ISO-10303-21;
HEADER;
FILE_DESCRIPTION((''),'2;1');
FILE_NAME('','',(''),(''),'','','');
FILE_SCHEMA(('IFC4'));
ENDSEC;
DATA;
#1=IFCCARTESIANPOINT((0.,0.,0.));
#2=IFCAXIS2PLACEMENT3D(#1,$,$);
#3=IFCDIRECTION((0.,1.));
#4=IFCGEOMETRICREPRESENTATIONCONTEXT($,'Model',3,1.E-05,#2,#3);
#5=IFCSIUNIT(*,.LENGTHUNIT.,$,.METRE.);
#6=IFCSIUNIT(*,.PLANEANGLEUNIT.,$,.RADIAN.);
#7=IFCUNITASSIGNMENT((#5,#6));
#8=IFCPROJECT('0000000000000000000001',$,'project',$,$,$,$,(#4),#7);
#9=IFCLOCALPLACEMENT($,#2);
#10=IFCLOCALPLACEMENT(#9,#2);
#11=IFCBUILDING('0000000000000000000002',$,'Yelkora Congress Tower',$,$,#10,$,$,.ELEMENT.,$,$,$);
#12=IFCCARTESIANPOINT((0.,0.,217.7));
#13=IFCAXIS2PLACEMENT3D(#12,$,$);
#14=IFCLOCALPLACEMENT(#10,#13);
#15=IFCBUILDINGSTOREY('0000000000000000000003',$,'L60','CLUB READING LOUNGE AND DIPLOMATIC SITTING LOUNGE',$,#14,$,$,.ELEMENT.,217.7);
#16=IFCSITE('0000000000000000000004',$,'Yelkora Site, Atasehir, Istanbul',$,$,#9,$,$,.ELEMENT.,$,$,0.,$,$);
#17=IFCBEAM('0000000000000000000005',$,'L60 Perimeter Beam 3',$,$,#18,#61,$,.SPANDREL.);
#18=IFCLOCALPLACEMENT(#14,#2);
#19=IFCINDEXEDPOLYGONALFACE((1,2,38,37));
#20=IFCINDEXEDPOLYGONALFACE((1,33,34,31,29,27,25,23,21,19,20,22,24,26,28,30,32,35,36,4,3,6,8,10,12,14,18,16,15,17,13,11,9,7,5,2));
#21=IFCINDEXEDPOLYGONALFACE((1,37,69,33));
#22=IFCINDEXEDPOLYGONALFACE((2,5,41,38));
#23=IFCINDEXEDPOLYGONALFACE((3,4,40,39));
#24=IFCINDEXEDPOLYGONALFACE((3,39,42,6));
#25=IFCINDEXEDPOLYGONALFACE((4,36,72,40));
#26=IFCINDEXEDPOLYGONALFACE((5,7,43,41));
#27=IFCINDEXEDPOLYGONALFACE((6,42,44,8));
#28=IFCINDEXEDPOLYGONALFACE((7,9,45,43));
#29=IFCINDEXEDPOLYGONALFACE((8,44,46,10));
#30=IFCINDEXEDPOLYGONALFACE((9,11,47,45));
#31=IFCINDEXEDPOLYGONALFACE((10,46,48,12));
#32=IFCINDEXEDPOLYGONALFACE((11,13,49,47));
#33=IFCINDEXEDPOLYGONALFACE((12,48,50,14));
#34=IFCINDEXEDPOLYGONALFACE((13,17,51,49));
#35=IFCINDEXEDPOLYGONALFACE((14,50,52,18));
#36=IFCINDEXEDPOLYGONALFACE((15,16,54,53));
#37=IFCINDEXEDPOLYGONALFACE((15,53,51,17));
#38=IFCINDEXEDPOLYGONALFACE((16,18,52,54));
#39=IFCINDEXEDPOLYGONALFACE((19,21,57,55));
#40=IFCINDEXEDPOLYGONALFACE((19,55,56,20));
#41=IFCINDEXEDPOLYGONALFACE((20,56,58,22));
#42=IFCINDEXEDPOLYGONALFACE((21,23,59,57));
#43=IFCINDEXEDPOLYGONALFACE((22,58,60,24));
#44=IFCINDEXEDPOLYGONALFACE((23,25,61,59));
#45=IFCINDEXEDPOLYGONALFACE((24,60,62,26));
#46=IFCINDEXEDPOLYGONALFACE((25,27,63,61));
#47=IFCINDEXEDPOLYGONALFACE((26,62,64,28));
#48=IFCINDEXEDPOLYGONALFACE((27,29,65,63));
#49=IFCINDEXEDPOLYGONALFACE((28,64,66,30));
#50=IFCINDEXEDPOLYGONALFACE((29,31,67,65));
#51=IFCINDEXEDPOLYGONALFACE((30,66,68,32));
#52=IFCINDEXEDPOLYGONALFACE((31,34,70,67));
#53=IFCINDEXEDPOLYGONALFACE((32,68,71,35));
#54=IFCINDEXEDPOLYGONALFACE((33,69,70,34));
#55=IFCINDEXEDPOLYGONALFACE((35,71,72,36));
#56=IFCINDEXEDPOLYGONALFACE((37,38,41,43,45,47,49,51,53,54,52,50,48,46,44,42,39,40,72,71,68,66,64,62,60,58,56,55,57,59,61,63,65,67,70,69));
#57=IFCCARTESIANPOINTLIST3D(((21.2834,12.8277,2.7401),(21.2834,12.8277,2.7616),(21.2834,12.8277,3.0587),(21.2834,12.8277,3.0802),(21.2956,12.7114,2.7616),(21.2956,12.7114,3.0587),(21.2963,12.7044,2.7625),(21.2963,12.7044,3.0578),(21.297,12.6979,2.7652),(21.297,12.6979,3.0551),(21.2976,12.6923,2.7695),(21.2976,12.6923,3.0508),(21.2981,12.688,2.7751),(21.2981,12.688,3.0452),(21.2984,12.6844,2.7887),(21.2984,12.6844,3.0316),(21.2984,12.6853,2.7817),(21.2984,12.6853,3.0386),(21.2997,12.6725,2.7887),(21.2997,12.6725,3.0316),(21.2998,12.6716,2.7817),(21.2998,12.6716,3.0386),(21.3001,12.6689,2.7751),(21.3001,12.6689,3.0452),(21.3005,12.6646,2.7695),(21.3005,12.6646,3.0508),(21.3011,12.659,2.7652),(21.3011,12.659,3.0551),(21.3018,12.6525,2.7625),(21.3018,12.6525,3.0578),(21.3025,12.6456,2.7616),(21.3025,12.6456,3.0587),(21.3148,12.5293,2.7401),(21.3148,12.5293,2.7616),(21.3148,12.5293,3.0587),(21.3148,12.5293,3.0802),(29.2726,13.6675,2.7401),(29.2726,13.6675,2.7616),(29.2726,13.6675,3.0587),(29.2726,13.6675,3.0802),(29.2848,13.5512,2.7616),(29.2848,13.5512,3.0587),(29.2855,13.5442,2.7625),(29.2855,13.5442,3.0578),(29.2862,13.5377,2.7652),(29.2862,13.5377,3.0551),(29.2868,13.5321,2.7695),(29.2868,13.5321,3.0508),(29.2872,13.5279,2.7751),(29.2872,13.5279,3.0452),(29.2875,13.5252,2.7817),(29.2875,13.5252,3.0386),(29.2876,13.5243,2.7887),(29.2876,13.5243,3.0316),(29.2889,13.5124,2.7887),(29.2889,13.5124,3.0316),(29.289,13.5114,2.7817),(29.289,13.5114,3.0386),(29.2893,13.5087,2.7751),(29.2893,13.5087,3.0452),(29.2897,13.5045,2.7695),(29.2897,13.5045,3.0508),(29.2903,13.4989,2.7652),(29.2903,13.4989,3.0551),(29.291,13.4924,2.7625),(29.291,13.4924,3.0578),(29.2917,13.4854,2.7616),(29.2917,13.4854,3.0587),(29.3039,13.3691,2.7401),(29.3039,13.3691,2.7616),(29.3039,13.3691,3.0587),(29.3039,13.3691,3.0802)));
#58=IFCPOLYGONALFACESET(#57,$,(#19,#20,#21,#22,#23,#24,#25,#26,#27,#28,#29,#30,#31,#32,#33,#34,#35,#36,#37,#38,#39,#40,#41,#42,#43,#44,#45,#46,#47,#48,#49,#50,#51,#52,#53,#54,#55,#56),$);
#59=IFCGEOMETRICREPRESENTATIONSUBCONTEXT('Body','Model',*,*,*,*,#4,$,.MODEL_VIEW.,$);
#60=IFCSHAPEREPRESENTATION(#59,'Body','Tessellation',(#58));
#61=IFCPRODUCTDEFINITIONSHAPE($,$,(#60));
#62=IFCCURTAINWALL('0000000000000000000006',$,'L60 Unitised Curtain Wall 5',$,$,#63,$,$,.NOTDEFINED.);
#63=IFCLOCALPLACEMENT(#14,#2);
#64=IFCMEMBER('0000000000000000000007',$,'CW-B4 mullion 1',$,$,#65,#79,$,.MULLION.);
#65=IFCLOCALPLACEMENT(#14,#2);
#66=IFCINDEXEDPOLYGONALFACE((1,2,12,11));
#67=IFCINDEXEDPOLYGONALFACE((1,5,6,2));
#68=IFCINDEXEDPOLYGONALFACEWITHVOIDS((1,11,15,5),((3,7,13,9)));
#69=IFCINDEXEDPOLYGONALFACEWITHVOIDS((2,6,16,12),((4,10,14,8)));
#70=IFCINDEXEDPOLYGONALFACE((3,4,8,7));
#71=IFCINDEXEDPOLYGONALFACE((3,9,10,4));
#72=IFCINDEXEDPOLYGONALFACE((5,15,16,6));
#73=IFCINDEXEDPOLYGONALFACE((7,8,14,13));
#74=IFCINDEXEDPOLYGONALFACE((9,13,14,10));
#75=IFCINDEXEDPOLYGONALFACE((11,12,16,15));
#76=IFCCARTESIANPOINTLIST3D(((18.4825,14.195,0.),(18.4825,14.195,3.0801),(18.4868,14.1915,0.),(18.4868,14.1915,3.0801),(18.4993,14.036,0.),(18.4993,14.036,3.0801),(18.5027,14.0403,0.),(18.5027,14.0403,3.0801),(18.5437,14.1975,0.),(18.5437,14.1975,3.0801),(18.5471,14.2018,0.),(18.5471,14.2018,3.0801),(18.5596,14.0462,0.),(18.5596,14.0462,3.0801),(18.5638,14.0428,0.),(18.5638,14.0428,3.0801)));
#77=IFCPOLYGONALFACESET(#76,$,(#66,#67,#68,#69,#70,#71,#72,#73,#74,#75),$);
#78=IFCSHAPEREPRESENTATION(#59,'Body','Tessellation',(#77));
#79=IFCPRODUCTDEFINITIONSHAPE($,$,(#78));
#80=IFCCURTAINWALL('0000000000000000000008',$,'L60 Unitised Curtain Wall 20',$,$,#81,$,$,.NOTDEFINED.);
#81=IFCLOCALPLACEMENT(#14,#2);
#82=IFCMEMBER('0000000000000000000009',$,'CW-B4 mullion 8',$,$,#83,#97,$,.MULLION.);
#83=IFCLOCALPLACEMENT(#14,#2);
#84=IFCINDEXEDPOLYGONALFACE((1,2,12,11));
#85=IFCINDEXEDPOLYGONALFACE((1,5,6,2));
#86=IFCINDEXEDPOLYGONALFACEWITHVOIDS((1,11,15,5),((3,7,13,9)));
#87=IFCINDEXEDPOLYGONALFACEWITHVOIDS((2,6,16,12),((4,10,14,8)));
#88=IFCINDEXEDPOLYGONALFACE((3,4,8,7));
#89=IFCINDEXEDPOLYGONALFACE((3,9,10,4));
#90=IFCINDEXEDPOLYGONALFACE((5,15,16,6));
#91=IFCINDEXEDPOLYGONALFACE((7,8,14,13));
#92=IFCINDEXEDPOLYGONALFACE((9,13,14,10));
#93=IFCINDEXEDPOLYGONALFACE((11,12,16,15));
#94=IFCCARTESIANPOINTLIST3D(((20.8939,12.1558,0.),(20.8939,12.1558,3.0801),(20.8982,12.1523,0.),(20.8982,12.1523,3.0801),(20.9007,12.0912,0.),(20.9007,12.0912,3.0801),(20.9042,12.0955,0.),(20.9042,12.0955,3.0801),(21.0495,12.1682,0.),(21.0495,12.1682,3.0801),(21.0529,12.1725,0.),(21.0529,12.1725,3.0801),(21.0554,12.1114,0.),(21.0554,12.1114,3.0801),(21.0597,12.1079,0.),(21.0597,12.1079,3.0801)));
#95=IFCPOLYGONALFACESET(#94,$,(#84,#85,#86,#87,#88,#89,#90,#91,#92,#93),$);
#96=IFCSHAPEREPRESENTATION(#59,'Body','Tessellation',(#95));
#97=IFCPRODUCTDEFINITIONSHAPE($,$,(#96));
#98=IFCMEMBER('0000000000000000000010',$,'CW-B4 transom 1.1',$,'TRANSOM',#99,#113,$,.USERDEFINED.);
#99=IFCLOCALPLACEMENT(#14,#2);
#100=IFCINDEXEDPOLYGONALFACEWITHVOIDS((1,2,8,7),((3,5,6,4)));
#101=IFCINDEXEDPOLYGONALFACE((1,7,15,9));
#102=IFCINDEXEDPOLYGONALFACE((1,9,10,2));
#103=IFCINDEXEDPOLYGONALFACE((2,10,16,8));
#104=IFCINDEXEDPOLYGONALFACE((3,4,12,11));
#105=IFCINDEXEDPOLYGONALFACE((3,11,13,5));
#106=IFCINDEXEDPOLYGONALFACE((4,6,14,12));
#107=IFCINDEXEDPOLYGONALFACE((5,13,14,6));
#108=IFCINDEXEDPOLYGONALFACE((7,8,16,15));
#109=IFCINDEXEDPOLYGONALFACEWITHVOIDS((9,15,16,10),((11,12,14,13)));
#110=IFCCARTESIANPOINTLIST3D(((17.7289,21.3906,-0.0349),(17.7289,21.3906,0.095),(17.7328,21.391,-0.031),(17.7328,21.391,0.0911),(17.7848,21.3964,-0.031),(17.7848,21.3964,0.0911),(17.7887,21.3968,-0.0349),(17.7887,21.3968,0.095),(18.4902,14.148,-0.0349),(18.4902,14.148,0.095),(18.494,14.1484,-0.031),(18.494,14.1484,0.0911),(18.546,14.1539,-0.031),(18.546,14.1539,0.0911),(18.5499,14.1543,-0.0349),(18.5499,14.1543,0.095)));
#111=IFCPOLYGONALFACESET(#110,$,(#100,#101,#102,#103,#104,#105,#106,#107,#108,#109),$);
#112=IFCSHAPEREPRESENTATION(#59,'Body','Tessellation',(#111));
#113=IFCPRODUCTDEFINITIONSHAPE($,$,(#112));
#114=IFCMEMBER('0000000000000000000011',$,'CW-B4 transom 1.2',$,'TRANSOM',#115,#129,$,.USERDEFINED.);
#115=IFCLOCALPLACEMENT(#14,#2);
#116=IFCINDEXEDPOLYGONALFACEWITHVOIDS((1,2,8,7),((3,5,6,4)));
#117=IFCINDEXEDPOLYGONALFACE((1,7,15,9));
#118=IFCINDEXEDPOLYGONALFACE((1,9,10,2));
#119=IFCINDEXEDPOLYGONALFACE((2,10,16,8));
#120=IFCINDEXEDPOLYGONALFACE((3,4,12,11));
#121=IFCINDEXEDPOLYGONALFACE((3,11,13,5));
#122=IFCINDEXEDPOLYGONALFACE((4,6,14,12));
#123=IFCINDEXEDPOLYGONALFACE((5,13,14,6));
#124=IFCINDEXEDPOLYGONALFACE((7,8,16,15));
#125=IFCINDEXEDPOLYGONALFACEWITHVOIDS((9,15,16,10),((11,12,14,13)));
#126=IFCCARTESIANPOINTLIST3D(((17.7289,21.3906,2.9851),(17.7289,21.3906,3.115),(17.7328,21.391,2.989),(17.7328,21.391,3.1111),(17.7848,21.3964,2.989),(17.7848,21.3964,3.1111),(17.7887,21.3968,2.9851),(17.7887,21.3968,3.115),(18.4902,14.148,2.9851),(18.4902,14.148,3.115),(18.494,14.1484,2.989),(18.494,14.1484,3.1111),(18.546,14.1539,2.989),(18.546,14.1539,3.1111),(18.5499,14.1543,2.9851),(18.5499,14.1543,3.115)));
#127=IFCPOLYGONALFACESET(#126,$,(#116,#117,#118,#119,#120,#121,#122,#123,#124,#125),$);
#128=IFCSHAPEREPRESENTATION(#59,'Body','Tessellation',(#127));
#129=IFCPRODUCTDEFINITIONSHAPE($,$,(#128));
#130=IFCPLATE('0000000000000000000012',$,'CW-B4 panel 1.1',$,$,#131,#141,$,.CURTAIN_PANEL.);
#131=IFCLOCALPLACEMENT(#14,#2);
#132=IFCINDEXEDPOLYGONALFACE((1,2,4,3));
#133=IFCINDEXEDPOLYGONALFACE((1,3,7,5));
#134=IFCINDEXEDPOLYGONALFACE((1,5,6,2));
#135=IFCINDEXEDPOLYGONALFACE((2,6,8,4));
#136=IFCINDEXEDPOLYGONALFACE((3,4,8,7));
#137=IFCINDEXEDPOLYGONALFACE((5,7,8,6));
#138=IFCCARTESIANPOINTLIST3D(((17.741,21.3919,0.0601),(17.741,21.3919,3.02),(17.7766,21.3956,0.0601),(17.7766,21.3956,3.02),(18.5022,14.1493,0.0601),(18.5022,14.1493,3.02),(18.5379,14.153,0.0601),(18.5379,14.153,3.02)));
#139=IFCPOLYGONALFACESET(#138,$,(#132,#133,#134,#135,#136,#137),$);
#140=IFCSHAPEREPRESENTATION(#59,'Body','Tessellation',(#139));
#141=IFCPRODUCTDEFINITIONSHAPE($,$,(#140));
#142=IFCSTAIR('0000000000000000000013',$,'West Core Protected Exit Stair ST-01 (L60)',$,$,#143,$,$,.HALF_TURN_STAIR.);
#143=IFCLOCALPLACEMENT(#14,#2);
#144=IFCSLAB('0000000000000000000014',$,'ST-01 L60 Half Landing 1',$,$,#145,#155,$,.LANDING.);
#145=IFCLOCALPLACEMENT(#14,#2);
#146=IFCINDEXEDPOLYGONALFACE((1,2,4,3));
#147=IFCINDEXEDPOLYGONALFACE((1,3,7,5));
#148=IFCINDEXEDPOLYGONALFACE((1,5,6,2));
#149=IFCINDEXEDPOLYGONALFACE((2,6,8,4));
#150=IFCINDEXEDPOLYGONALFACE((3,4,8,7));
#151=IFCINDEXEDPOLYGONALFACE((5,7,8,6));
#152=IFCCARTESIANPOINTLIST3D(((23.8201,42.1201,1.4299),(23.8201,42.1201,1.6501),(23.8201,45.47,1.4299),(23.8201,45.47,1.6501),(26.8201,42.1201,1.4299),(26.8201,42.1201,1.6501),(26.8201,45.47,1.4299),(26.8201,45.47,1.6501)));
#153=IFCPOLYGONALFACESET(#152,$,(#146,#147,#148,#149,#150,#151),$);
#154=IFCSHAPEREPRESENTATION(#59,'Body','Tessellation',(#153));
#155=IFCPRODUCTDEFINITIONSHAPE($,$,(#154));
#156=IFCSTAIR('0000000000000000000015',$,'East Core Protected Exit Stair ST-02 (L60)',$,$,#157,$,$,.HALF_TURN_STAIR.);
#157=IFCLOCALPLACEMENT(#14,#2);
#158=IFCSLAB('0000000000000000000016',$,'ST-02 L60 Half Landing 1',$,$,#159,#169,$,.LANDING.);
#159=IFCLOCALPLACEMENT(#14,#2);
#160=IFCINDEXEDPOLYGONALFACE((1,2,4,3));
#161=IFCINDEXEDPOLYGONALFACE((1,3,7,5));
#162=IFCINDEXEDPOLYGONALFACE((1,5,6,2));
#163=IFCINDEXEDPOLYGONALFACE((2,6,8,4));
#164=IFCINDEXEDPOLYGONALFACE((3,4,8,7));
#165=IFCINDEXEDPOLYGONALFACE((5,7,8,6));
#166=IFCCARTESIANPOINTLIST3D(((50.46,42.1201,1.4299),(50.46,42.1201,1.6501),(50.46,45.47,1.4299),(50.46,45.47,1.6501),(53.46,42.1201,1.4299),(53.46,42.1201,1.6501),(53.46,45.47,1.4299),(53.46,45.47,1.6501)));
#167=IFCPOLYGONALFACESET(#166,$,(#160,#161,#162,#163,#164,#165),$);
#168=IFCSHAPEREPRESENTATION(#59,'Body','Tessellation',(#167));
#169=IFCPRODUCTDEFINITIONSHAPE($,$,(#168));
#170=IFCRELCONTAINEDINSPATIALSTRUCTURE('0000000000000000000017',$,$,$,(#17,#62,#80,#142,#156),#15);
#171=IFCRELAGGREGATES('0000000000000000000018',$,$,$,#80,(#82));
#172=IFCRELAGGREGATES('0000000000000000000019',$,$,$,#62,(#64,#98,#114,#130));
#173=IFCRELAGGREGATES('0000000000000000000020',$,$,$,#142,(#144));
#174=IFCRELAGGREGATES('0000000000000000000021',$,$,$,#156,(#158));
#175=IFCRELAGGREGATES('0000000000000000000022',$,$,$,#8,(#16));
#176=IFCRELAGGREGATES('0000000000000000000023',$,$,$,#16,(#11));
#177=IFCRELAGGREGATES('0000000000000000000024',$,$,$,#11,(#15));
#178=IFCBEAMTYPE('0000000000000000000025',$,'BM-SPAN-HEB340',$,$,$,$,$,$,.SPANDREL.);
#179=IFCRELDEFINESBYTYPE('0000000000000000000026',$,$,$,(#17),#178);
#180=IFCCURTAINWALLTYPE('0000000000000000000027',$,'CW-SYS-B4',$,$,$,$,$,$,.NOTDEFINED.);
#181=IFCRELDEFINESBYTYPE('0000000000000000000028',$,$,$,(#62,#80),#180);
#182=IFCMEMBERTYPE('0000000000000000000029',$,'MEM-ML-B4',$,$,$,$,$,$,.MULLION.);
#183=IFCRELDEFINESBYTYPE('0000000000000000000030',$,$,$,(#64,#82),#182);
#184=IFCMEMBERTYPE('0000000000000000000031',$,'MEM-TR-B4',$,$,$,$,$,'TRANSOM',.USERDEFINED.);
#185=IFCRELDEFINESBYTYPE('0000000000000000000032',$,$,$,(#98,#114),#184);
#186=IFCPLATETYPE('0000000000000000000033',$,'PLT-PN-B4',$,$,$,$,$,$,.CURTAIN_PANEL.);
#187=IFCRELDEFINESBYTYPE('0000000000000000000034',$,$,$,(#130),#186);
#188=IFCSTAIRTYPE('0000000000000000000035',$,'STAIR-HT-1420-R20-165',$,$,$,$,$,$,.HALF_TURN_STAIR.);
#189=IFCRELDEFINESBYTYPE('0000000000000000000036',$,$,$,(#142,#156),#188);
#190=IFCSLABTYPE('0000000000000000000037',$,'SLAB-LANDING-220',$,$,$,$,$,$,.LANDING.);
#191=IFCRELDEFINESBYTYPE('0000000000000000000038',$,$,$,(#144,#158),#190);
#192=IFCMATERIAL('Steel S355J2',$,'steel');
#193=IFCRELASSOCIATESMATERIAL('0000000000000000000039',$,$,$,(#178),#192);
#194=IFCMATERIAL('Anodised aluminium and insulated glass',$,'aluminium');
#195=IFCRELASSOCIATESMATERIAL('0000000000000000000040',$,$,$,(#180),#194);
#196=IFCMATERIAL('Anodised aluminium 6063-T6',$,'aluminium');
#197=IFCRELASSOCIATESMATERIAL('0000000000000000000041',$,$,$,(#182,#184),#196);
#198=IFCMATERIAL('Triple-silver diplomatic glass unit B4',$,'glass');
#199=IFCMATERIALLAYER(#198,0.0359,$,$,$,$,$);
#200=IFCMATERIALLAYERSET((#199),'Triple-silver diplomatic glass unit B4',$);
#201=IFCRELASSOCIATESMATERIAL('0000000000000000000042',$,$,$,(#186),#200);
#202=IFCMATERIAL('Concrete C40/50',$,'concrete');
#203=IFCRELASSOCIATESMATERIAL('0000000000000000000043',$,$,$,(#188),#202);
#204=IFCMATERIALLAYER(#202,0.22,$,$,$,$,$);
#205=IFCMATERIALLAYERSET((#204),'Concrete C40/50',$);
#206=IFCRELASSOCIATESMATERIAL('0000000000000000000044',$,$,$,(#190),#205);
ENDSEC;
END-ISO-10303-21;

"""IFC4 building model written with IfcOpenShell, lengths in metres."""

from ifc_helpers import new_model, si_unit, direction, frame, origin, origin_2d, place, context, subcontext, project, spatial, polyline, rectangle, hollow_rectangle, i_section, outline, extrude, material, layer, layer_set, material_profile, profile_set, type_object, element, aggregate, save


model = new_model("IFC4")

# Units and contexts
model_context = context("Model", 3, precision=1e-05, world=origin(), true_north=direction((0.0, 1.0)))
body_context = subcontext(model_context, "Body", "Model", "MODEL_VIEW")
ifc_project = project(units=[si_unit("LENGTHUNIT", "METRE"), si_unit("PLANEANGLEUNIT", "RADIAN")], contexts=[model_context])

# Site, building, storey
site_placement = place(None, origin())
site = spatial("IfcSite", under=ifc_project, at=site_placement, Name="Yelkora Site, Atasehir, Istanbul", CompositionType="ELEMENT", RefElevation=0.0)
building_placement = place(site_placement, origin())
building = spatial("IfcBuilding", under=site, at=building_placement, Name="Yelkora Congress Tower", CompositionType="ELEMENT")
storey_placement = place(building_placement, frame((0.0, 0.0, 217.7)))
storey = spatial("IfcBuildingStorey", under=building, at=storey_placement, Name="L60", Description="CLUB READING LOUNGE AND DIPLOMATIC SITTING LOUNGE", CompositionType="ELEMENT", Elevation=217.7)

# Shared definitions
ifc_material_1 = material(Name="Steel S355J2", Category="steel")

# Beam
ifc_material_profile_1 = material_profile(ifc_material_1, i_section(OverallWidth=0.3, OverallDepth=0.3401, WebThickness=0.012, FlangeThickness=0.0215, FilletRadius=0.0271, at=origin_2d()), Name="HEB 340")
ifc_profile_set_1 = profile_set([ifc_material_profile_1], Name="Steel S355J2")
beam_type_1 = type_object("IfcBeamType", Name="BM-SPAN-HEB340", PredefinedType="SPANDREL", material=ifc_profile_set_1)
beam_1_placement = place(storey_placement, frame((21.2991, 12.6785, 2.9102), z_axis=(0.99452, 0.104546, 0.0), x_axis=(-0.104546, 0.99452, 0.0)))
element("IfcBeam", 1, at=beam_1_placement, inside=storey, type_object=beam_type_1, Name="L60 Perimeter Beam 3", PredefinedType="SPANDREL", context=body_context, shape_type="SweptSolid", body=[
    extrude(i_section(OverallWidth=0.3, OverallDepth=0.3401, WebThickness=0.012, FlangeThickness=0.0215, FilletRadius=0.0271, at=origin_2d()), origin(), (0.0, 0.0, 1.0), 8.0332),
])

# Curtain walls, members
ifc_material_2 = material(Name="Anodised aluminium and insulated glass", Category="aluminium")
curtain_wall_type = type_object("IfcCurtainWallType", Name="CW-SYS-B4", PredefinedType="NOTDEFINED", material=ifc_material_2)
curtain_wall_1_placement = place(storey_placement, origin())
curtain_wall_1 = element("IfcCurtainWall", 2, at=curtain_wall_1_placement, inside=storey, type_object=curtain_wall_type, Name="L60 Unitised Curtain Wall 5", PredefinedType="NOTDEFINED")
ifc_material_3 = material(Name="Anodised aluminium 6063-T6", Category="aluminium")
ifc_material_profile_2 = material_profile(ifc_material_3, hollow_rectangle(XDim=0.0649, YDim=0.1599, WallThickness=0.0039, at=origin_2d()), Name="ALU 65x160x4")
ifc_profile_set_2 = profile_set([ifc_material_profile_2], Name="Anodised aluminium 6063-T6")
member_type_1 = type_object("IfcMemberType", Name="MEM-ML-B4", PredefinedType="MULLION", material=ifc_profile_set_2)
member_1_placement = place(storey_placement, frame((18.5232, 14.1189, 0.0), z_axis=(0.0, 0.0, 1.0), x_axis=(-0.994522, -0.104526, 0.0)))
member_1 = element("IfcMember", 3, at=member_1_placement, type_object=member_type_1, Name="CW-B4 mullion 1", PredefinedType="MULLION", context=body_context, shape_type="SweptSolid", body=[
    extrude(hollow_rectangle(XDim=0.0649, YDim=0.1599, WallThickness=0.0039, at=origin_2d()), origin(), (0.0, 0.0, 1.0), 3.0801),
])
curtain_wall_2_placement = place(storey_placement, origin())
curtain_wall_2 = element("IfcCurtainWall", 4, at=curtain_wall_2_placement, inside=storey, type_object=curtain_wall_type, Name="L60 Unitised Curtain Wall 20", PredefinedType="NOTDEFINED")
member_2_placement = place(storey_placement, frame((20.9768, 12.1318, 0.0), z_axis=(0.0, 0.0, 1.0), x_axis=(0.104527, -0.994522, 0.0)))
member_2 = element("IfcMember", 5, at=member_2_placement, type_object=member_type_1, Name="CW-B4 mullion 8", PredefinedType="MULLION", context=body_context, shape_type="SweptSolid", body=[
    extrude(hollow_rectangle(XDim=0.0649, YDim=0.1599, WallThickness=0.0039, at=origin_2d()), origin(), (0.0, 0.0, 1.0), 3.0801),
])
aggregate(curtain_wall_2, [member_2])

# Members
ifc_material_profile_3 = material_profile(ifc_material_3, hollow_rectangle(XDim=0.0601, YDim=0.1299, WallThickness=0.0039, at=origin_2d()), Name="ALU 60x130x4")
ifc_profile_set_3 = profile_set([ifc_material_profile_3], Name="Anodised aluminium 6063-T6")
member_type_2 = type_object("IfcMemberType", Name="MEM-TR-B4", ElementType="TRANSOM", PredefinedType="USERDEFINED", material=ifc_profile_set_3)
member_3_placement = place(storey_placement, frame((18.52, 14.1511, 0.03), z_axis=(-0.104528, 0.994522, 0.0), x_axis=(-0.994522, -0.104528, 0.0)))
member_3 = element("IfcMember", 6, at=member_3_placement, type_object=member_type_2, Name="CW-B4 transom 1.1", ObjectType="TRANSOM", PredefinedType="USERDEFINED", context=body_context, shape_type="SweptSolid", body=[
    extrude(hollow_rectangle(XDim=0.0601, YDim=0.1299, WallThickness=0.0039, at=origin_2d()), origin(), (0.0, 0.0, 1.0), 7.2825),
])
member_4_placement = place(storey_placement, frame((18.52, 14.1511, 3.05), z_axis=(-0.104528, 0.994522, 0.0), x_axis=(-0.994522, -0.104528, 0.0)))
member_4 = element("IfcMember", 7, at=member_4_placement, type_object=member_type_2, Name="CW-B4 transom 1.2", ObjectType="TRANSOM", PredefinedType="USERDEFINED", context=body_context, shape_type="SweptSolid", body=[
    extrude(hollow_rectangle(XDim=0.0601, YDim=0.1299, WallThickness=0.0039, at=origin_2d()), origin(), (0.0, 0.0, 1.0), 7.2825),
])

# Plate
ifc_material_4 = material(Name="Triple-silver diplomatic glass unit B4", Category="glass")
ifc_layer_1 = layer(ifc_material_4, 0.0359)
ifc_layer_set_1 = layer_set([ifc_layer_1], Name="Triple-silver diplomatic glass unit B4")
plate_type = type_object("IfcPlateType", Name="PLT-PN-B4", PredefinedType="CURTAIN_PANEL", material=ifc_layer_set_1)
plate_placement = place(storey_placement, frame((18.1394, 17.7725, 0.0601), z_axis=(0.0, 0.0, 1.0), x_axis=(-0.104526, 0.994522, 0.0)))
plate = element("IfcPlate", 8, at=plate_placement, type_object=plate_type, Name="CW-B4 panel 1.1", PredefinedType="CURTAIN_PANEL", context=body_context, shape_type="SweptSolid", body=[
    extrude(rectangle(XDim=7.2825, YDim=0.0359, at=origin_2d()), origin(), (0.0, 0.0, 1.0), 2.96),
])
aggregate(curtain_wall_1, [member_1, member_3, member_4, plate])

# Stairs, slabs
ifc_material_5 = material(Name="Concrete C40/50", Category="concrete")
stair_type = type_object("IfcStairType", Name="STAIR-HT-1420-R20-165", PredefinedType="HALF_TURN_STAIR", material=ifc_material_5)
stair_1_placement = place(storey_placement, origin())
stair_1 = element("IfcStair", 9, at=stair_1_placement, inside=storey, type_object=stair_type, Name="West Core Protected Exit Stair ST-01 (L60)", PredefinedType="HALF_TURN_STAIR")
ifc_layer_2 = layer(ifc_material_5, 0.22)
ifc_layer_set_2 = layer_set([ifc_layer_2], Name="Concrete C40/50")
slab_type_1 = type_object("IfcSlabType", Name="SLAB-LANDING-220", PredefinedType="LANDING", material=ifc_layer_set_2)
slab_1_placement = place(storey_placement, frame((0.0, 0.0, 1.4299)))
slab_1 = element("IfcSlab", 10, at=slab_1_placement, type_object=slab_type_1, Name="ST-01 L60 Half Landing 1", PredefinedType="LANDING", context=body_context, shape_type="SweptSolid", body=[
    extrude(outline(polyline([(26.8201, 42.1201), (26.8201, 45.47), (23.8201, 45.47), (23.8201, 42.1201), (26.8201, 42.1201)])), origin(), (0.0, 0.0, 1.0), 0.2202),
])
aggregate(stair_1, [slab_1])
stair_2_placement = place(storey_placement, origin())
stair_2 = element("IfcStair", 11, at=stair_2_placement, inside=storey, type_object=stair_type, Name="East Core Protected Exit Stair ST-02 (L60)", PredefinedType="HALF_TURN_STAIR")
slab_2_placement = place(storey_placement, frame((0.0, 0.0, 1.4299)))
slab_2 = element("IfcSlab", 12, at=slab_2_placement, type_object=slab_type_1, Name="ST-02 L60 Half Landing 1", PredefinedType="LANDING", context=body_context, shape_type="SweptSolid", body=[
    extrude(outline(polyline([(53.46, 42.1201), (53.46, 45.47), (50.46, 45.47), (50.46, 42.1201), (53.46, 42.1201)])), origin(), (0.0, 0.0, 1.0), 0.2202),
])
aggregate(stair_2, [slab_2])

save(model, "model.ifc")
